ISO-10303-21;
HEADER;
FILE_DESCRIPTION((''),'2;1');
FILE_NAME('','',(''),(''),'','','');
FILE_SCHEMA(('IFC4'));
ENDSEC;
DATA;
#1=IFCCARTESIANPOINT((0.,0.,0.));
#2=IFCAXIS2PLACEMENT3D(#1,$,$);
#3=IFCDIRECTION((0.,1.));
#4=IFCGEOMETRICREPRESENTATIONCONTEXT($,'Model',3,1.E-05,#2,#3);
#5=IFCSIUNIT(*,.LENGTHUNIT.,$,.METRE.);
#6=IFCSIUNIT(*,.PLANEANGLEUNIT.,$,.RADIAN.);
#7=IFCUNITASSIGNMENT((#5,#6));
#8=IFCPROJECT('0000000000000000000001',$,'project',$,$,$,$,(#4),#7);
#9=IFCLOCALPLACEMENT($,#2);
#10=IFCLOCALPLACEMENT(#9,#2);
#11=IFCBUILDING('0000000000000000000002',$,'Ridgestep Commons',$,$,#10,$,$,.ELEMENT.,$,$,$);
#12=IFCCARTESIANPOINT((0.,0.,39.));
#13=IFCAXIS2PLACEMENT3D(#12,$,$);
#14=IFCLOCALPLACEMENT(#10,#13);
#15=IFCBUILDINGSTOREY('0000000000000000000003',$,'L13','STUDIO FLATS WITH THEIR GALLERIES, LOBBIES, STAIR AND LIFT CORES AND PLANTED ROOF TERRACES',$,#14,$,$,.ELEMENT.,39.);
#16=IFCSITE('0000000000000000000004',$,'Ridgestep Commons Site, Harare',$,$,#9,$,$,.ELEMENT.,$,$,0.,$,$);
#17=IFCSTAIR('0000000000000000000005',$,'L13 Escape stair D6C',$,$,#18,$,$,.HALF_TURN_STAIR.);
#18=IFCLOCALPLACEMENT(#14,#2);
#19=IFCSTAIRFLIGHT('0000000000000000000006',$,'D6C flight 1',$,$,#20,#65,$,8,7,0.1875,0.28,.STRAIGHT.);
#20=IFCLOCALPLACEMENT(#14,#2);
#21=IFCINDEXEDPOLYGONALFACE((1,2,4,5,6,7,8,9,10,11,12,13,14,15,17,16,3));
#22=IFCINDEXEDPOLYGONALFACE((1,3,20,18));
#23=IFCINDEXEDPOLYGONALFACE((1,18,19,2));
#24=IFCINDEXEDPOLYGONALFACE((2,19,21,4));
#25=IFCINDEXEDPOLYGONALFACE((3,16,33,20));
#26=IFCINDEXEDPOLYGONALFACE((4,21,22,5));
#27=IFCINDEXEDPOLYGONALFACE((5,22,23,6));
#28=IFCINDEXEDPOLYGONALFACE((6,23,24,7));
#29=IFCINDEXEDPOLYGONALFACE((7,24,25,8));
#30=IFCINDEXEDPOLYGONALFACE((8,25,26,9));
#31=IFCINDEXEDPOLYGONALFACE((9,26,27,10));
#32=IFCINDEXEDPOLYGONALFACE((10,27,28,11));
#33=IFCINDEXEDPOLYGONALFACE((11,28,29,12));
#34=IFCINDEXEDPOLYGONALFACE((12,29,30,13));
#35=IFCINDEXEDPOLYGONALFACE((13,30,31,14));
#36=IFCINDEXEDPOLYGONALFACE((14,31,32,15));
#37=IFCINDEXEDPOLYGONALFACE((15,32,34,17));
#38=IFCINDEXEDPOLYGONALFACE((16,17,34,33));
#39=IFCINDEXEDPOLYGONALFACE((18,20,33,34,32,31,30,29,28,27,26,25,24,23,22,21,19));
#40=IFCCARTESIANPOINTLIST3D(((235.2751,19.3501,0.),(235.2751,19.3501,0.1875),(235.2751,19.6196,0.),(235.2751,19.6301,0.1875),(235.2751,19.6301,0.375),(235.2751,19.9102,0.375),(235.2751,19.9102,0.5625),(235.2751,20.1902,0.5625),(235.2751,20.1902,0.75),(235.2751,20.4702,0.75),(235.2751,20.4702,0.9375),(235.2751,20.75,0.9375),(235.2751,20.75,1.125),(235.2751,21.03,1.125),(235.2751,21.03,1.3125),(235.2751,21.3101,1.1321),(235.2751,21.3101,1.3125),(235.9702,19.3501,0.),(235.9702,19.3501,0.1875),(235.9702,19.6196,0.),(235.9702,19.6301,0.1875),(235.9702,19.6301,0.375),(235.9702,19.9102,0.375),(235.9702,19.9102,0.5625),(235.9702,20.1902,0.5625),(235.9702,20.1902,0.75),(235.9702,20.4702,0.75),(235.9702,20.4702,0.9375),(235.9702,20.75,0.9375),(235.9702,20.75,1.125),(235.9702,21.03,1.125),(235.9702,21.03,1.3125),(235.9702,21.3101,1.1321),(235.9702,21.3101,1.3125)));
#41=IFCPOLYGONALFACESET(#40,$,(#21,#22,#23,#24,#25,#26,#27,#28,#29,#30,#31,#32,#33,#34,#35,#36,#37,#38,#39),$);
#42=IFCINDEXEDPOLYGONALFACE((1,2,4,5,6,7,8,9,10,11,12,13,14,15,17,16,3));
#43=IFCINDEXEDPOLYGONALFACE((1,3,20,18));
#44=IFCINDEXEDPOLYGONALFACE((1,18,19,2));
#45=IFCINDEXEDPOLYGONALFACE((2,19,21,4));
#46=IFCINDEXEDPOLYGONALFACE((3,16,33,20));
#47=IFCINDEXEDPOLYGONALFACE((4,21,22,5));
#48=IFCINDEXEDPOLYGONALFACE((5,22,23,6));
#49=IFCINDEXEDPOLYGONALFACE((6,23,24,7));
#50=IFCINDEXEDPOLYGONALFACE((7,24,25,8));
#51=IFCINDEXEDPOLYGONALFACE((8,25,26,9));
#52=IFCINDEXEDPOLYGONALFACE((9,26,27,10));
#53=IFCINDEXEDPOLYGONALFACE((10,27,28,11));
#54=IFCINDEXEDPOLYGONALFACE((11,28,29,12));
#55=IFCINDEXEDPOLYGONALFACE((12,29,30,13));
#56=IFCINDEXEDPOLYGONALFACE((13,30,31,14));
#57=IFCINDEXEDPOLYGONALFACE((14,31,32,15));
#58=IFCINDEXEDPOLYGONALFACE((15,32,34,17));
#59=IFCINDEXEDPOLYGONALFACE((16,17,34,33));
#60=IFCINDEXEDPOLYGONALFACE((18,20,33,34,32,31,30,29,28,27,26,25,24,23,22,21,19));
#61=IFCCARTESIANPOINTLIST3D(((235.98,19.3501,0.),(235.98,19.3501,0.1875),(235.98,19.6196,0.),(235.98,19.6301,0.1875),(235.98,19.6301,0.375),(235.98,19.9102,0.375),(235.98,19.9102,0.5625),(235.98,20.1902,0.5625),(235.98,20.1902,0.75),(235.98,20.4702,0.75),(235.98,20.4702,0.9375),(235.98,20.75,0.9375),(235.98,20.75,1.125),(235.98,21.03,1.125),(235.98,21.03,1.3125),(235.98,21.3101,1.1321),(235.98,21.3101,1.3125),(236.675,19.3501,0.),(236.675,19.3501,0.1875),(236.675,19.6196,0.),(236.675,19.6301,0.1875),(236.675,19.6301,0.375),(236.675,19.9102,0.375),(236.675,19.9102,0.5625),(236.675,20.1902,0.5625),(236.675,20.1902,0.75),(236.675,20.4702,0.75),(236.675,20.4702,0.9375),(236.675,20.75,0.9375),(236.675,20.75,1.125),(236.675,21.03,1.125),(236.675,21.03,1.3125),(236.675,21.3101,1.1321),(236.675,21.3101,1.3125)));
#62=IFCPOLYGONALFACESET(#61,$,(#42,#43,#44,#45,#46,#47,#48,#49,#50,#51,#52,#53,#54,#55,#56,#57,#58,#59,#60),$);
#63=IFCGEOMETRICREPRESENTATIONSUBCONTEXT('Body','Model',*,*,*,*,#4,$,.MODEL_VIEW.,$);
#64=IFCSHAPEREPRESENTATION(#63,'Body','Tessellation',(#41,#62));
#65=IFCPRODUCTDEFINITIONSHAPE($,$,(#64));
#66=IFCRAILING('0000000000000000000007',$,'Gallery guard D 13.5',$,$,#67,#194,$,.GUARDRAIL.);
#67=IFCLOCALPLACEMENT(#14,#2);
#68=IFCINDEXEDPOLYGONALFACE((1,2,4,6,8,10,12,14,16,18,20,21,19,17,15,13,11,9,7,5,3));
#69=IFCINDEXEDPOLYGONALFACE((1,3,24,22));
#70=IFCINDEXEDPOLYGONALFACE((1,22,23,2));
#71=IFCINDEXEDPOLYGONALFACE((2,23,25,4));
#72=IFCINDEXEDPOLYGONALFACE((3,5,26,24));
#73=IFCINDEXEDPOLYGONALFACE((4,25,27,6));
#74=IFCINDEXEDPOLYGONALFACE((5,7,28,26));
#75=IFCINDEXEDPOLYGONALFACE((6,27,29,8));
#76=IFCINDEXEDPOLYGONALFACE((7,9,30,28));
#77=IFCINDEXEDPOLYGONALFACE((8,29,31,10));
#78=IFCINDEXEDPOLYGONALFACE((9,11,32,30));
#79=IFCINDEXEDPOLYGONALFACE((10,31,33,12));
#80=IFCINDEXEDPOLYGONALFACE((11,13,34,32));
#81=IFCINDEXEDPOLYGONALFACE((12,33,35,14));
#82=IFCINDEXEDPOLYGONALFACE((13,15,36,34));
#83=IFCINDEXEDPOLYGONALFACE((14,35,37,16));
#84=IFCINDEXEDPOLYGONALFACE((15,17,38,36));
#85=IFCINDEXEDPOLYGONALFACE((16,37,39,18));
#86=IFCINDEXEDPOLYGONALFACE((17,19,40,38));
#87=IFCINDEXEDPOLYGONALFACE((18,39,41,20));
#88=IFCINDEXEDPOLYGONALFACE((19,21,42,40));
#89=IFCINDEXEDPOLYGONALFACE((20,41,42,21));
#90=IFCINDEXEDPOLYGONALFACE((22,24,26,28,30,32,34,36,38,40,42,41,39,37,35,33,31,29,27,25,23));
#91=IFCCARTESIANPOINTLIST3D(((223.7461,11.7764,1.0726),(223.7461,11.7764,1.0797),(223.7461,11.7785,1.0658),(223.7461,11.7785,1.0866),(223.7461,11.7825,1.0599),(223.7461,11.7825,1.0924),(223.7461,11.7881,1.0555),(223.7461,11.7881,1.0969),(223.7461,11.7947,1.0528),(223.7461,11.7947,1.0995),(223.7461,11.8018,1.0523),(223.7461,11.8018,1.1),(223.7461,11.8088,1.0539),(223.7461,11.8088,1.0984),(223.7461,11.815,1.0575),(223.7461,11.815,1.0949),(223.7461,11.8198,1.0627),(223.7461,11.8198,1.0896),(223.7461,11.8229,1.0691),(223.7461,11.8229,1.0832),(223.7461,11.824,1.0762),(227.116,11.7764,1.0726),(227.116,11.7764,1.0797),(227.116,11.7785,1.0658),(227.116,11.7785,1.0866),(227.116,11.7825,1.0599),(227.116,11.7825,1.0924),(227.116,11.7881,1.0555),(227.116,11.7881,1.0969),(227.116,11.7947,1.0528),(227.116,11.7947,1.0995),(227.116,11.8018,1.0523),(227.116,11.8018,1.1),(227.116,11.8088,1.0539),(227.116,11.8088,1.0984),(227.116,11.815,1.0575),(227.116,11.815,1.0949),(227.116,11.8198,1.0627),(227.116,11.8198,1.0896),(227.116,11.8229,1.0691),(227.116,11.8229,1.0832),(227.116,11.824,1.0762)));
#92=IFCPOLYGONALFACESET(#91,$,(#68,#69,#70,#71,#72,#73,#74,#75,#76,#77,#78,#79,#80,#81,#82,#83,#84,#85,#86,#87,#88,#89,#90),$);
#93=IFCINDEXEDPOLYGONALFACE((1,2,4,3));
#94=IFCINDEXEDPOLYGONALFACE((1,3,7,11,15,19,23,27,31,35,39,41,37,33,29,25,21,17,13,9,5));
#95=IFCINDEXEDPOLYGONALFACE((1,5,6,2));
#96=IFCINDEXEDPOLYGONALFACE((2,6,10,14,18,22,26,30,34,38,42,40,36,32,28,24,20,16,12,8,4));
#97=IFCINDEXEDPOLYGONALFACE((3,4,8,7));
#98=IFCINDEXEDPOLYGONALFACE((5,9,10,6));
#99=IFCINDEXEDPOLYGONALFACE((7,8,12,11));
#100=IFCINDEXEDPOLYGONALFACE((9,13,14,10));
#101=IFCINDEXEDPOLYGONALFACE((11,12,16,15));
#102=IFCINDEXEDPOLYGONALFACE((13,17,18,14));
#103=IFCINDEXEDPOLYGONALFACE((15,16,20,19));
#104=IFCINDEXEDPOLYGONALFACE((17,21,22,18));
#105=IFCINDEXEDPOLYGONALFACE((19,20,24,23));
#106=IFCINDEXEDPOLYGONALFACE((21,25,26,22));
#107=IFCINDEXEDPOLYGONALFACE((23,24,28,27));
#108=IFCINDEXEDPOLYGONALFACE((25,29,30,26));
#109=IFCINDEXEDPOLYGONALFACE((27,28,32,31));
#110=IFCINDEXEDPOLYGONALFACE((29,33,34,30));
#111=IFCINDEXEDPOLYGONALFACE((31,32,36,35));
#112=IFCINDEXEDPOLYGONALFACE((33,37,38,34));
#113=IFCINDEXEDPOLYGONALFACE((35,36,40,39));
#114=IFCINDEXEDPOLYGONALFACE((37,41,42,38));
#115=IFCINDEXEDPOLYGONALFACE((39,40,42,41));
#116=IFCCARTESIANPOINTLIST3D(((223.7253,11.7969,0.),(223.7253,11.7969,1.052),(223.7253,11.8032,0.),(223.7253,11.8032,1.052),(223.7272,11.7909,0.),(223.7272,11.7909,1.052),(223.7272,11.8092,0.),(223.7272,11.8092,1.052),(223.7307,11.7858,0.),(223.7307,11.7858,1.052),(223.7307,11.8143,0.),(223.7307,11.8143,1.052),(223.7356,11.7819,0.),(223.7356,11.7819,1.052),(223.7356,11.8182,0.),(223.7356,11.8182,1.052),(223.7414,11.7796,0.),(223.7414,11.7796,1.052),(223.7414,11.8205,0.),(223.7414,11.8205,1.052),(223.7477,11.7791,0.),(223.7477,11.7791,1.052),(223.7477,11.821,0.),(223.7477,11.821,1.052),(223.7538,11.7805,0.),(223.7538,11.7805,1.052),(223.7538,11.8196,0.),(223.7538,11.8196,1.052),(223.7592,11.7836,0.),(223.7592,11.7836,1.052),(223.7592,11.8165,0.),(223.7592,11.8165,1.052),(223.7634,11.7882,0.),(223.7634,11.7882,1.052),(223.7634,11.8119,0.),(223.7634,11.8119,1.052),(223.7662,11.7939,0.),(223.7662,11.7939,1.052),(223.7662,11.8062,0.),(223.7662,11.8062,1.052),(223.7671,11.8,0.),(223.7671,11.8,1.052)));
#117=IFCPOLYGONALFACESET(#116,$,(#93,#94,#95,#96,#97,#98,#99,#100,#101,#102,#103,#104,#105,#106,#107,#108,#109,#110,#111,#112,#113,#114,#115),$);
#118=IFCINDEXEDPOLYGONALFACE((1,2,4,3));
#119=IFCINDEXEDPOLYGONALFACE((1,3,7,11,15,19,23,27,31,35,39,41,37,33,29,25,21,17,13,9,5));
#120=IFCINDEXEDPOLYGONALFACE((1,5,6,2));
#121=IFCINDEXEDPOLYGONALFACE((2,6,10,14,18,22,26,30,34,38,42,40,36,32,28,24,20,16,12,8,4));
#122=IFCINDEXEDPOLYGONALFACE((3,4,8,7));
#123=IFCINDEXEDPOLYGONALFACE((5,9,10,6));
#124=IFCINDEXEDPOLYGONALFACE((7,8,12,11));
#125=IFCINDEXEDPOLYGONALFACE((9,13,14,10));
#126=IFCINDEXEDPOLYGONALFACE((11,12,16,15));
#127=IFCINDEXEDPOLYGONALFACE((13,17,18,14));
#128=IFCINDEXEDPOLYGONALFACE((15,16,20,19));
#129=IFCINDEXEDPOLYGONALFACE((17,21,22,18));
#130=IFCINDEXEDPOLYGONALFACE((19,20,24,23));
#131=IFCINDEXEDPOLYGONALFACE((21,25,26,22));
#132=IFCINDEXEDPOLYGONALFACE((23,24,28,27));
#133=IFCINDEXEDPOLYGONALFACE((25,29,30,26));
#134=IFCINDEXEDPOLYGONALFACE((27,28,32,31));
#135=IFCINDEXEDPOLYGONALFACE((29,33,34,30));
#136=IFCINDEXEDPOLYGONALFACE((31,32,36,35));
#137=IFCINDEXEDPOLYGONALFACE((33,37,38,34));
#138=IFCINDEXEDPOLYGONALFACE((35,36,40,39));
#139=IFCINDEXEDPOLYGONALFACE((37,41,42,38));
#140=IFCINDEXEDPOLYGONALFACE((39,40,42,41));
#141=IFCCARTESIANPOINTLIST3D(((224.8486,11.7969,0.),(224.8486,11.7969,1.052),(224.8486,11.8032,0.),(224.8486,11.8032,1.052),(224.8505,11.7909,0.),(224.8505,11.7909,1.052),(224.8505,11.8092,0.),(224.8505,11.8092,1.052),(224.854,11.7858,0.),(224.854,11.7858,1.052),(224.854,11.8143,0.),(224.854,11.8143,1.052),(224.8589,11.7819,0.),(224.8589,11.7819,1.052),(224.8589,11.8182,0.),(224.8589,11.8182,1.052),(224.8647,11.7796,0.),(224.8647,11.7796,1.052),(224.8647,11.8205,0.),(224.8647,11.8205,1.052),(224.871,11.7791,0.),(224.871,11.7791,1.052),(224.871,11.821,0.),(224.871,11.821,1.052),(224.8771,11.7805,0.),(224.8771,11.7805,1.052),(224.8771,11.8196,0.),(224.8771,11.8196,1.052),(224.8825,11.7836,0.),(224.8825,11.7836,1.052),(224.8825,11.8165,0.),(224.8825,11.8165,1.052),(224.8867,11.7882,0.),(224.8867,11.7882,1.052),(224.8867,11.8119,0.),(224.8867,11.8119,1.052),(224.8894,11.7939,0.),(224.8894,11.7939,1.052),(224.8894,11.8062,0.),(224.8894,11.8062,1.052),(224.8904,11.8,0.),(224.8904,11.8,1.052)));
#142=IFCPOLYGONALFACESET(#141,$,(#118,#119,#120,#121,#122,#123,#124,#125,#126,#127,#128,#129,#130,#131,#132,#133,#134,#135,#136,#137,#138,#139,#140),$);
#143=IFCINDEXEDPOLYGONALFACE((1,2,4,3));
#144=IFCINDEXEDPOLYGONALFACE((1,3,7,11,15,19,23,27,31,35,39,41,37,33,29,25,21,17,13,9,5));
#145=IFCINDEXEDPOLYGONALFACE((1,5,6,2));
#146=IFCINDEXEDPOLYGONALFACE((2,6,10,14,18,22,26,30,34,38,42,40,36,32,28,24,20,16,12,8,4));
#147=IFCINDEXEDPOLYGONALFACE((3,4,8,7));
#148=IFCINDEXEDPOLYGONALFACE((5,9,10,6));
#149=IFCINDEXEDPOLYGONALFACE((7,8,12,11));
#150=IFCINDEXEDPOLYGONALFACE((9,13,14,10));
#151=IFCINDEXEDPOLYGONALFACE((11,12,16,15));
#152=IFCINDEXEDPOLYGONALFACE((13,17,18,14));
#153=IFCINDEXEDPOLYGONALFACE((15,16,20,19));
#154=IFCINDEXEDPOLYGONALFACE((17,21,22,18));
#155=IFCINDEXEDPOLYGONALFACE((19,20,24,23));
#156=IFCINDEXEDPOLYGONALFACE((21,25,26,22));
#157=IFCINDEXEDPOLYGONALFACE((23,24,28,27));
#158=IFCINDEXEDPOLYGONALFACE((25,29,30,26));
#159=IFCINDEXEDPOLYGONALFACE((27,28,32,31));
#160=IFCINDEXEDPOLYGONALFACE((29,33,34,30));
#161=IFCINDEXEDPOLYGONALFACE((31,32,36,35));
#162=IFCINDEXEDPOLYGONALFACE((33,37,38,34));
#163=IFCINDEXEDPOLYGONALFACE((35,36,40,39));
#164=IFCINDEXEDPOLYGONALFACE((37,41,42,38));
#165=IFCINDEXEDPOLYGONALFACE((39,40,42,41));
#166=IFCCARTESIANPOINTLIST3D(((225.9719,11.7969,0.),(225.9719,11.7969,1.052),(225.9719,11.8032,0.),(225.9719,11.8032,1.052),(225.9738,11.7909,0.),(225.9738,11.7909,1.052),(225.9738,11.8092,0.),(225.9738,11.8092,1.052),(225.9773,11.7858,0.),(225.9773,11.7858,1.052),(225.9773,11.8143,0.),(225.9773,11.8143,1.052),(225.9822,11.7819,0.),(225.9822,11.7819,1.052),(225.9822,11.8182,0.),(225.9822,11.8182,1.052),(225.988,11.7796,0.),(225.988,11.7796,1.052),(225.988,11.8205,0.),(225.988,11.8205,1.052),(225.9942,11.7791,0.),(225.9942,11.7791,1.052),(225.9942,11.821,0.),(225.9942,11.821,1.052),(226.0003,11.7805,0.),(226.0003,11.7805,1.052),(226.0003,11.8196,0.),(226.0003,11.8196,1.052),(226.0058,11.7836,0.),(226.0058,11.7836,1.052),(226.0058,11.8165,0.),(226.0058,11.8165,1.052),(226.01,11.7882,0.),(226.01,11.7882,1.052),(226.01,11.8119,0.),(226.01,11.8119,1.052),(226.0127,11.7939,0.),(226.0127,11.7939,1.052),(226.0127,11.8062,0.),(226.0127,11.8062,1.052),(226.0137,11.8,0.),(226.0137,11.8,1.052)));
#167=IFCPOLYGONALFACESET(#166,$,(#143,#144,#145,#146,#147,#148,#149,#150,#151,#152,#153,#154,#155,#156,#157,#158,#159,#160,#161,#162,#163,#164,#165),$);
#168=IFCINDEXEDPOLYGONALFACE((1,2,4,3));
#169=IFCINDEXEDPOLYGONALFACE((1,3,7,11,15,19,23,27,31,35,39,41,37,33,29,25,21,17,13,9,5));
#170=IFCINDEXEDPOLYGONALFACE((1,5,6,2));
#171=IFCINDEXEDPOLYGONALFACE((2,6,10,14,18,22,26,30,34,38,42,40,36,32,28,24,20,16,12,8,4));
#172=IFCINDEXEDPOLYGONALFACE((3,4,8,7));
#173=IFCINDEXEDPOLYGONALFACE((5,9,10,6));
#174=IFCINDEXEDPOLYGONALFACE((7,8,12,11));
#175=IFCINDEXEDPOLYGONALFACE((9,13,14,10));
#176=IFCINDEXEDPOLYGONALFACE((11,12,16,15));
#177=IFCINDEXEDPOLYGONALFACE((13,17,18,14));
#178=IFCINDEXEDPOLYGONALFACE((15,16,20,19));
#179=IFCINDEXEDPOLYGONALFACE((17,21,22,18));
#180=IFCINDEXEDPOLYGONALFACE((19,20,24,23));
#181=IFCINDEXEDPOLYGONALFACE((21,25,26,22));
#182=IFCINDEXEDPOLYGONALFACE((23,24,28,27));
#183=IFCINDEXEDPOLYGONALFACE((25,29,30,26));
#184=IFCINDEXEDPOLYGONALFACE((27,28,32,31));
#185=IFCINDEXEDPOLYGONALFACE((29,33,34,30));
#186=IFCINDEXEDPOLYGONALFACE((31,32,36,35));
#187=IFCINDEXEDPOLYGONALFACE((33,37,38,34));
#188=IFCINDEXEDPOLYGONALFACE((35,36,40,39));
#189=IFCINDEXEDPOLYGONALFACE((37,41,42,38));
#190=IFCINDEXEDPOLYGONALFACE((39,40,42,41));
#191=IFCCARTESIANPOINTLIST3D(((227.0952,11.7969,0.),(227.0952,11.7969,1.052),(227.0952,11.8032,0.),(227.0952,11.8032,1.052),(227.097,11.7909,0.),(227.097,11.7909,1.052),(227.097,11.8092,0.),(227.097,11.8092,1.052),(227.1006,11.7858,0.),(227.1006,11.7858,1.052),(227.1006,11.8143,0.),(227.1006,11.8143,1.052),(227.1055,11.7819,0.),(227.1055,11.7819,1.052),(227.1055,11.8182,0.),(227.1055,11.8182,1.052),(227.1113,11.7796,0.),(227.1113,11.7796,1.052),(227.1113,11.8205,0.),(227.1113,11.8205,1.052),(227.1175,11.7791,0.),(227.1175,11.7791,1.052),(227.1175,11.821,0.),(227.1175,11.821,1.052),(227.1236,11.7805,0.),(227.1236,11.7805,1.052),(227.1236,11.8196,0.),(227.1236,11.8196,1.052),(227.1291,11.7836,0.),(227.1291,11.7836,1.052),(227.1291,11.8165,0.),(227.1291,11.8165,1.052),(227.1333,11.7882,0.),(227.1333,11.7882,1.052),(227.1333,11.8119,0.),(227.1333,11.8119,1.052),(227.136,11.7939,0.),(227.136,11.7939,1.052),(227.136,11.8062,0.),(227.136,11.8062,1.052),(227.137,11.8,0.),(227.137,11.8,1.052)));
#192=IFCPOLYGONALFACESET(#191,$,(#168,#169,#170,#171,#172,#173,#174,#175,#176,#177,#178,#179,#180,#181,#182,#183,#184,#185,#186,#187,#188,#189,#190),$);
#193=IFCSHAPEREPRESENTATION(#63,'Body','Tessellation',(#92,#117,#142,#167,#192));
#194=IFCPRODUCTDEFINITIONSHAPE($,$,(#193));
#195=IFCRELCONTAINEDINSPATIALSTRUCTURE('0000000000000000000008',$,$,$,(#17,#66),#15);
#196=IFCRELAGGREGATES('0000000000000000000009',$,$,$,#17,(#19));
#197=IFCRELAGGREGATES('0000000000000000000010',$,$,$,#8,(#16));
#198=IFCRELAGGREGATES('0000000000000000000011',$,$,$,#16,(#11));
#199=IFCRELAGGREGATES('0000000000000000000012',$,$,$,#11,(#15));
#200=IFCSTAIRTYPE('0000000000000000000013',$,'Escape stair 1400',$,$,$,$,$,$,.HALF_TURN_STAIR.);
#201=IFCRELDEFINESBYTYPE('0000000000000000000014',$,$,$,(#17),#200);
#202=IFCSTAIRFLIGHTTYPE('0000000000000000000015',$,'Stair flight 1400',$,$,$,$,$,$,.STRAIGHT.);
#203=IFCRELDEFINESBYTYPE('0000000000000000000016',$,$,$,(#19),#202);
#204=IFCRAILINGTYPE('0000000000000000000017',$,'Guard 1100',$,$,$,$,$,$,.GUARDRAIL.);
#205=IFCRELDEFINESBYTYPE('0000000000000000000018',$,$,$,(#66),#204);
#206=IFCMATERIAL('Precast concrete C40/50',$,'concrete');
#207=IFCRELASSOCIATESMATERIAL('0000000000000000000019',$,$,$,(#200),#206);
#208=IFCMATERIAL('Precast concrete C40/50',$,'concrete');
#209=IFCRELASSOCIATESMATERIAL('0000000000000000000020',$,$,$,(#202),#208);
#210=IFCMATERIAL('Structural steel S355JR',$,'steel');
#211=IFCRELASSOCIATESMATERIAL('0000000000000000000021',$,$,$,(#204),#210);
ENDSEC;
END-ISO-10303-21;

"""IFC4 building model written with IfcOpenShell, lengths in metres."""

from ifc_helpers import new_model, si_unit, direction, frame, origin, origin_2d, place, context, subcontext, project, spatial, polyline, circle, outline, extrude, material, type_object, element, aggregate, save


model = new_model("IFC4")

# Units and contexts
model_context = context("Model", 3, precision=1e-05, world=origin(), true_north=direction((0.0, 1.0)))
body_context = subcontext(model_context, "Body", "Model", "MODEL_VIEW")
ifc_project = project(units=[si_unit("LENGTHUNIT", "METRE"), si_unit("PLANEANGLEUNIT", "RADIAN")], contexts=[model_context])

# Site, building, storey
site_placement = place(None, origin())
site = spatial("IfcSite", under=ifc_project, at=site_placement, Name="Ridgestep Commons Site, Harare", CompositionType="ELEMENT", RefElevation=0.0)
building_placement = place(site_placement, origin())
building = spatial("IfcBuilding", under=site, at=building_placement, Name="Ridgestep Commons", CompositionType="ELEMENT")
storey_placement = place(building_placement, frame((0.0, 0.0, 39.0)))
storey = spatial("IfcBuildingStorey", under=building, at=storey_placement, Name="L13", Description="STUDIO FLATS WITH THEIR GALLERIES, LOBBIES, STAIR AND LIFT CORES AND PLANTED ROOF TERRACES", CompositionType="ELEMENT", Elevation=39.0)

# Stair, stair flight
ifc_material_1 = material(Name="Precast concrete C40/50", Category="concrete")
stair_type = type_object("IfcStairType", Name="Escape stair 1400", PredefinedType="HALF_TURN_STAIR", material=ifc_material_1)
stair_placement = place(storey_placement, origin())
stair = element("IfcStair", 1, at=stair_placement, inside=storey, type_object=stair_type, Name="L13 Escape stair D6C", PredefinedType="HALF_TURN_STAIR")
ifc_material_2 = material(Name="Precast concrete C40/50", Category="concrete")
stair_flight_type = type_object("IfcStairFlightType", Name="Stair flight 1400", PredefinedType="STRAIGHT", material=ifc_material_2)
stair_flight_placement = place(storey_placement, frame((235.9751, 19.3501, 0.0), z_axis=(0.0, 0.0, 1.0), x_axis=(0.0, 1.0, 0.0)))
stair_flight = element("IfcStairFlight", 2, at=stair_flight_placement, type_object=stair_flight_type, Name="D6C flight 1", NumberOfRisers=8, NumberOfTreads=7, PredefinedType="STRAIGHT", RiserHeight=0.1875, TreadLength=0.28, context=body_context, shape_type="SweptSolid", body=[
    extrude(outline(polyline([(0.0, 0.0), (0.0, 0.1875), (0.28, 0.1875), (0.28, 0.375), (0.5601, 0.375), (0.5601, 0.5625), (0.8401, 0.5625), (0.8401, 0.75), (1.1201, 0.75), (1.1201, 0.9375), (1.3999, 0.9375), (1.3999, 1.125), (1.6799, 1.125), (1.6799, 1.3125), (1.96, 1.3125), (1.96, 1.5), (1.96, 1.1321), (0.2695, 0.0), (0.0, 0.0)])), frame((0.0, 0.7, 0.0), z_axis=(0.0, -1.0, 0.0), x_axis=(1.0, 0.0, 0.0)), (0.0, 0.0, 1.0), 0.6951),
    extrude(outline(polyline([(0.0, 0.0), (0.0, 0.1875), (0.28, 0.1875), (0.28, 0.375), (0.5601, 0.375), (0.5601, 0.5625), (0.8401, 0.5625), (0.8401, 0.75), (1.1201, 0.75), (1.1201, 0.9375), (1.3999, 0.9375), (1.3999, 1.125), (1.6799, 1.125), (1.6799, 1.3125), (1.96, 1.3125), (1.96, 1.5), (1.96, 1.1321), (0.2695, 0.0), (0.0, 0.0)])), frame((0.0, -0.0049, 0.0), z_axis=(0.0, -1.0, 0.0), x_axis=(1.0, 0.0, 0.0)), (0.0, 0.0, 1.0), 0.6951),
])
aggregate(stair, [stair_flight])

# Railing
ifc_material_3 = material(Name="Structural steel S355JR", Category="steel")
railing_type_1 = type_object("IfcRailingType", Name="Guard 1100", PredefinedType="GUARDRAIL", material=ifc_material_3)
railing_1_placement = place(storey_placement, frame((223.7461, 11.8, 0.0)))
element("IfcRailing", 3, at=railing_1_placement, inside=storey, type_object=railing_type_1, Name="Gallery guard D 13.5", PredefinedType="GUARDRAIL", context=body_context, shape_type="SweptSolid", body=[
    extrude(circle(Radius=0.0239, at=origin_2d()), frame((0.0, 0.0, 1.0762), z_axis=(1.0, 0.0, 0.0), x_axis=(0.0, 1.0, 0.0)), (0.0, 0.0, 1.0), 3.3699),
    extrude(circle(Radius=0.021, at=origin_2d()), origin(), (0.0, 0.0, 1.0), 1.052),
    extrude(circle(Radius=0.021, at=origin_2d()), frame((1.1233, 0.0, 0.0)), (0.0, 0.0, 1.0), 1.052),
    extrude(circle(Radius=0.021, at=origin_2d()), frame((2.2466, 0.0, 0.0)), (0.0, 0.0, 1.0), 1.052),
    extrude(circle(Radius=0.021, at=origin_2d()), frame((3.3699, 0.0, 0.0)), (0.0, 0.0, 1.0), 1.052),
])

save(model, "model.ifc")
